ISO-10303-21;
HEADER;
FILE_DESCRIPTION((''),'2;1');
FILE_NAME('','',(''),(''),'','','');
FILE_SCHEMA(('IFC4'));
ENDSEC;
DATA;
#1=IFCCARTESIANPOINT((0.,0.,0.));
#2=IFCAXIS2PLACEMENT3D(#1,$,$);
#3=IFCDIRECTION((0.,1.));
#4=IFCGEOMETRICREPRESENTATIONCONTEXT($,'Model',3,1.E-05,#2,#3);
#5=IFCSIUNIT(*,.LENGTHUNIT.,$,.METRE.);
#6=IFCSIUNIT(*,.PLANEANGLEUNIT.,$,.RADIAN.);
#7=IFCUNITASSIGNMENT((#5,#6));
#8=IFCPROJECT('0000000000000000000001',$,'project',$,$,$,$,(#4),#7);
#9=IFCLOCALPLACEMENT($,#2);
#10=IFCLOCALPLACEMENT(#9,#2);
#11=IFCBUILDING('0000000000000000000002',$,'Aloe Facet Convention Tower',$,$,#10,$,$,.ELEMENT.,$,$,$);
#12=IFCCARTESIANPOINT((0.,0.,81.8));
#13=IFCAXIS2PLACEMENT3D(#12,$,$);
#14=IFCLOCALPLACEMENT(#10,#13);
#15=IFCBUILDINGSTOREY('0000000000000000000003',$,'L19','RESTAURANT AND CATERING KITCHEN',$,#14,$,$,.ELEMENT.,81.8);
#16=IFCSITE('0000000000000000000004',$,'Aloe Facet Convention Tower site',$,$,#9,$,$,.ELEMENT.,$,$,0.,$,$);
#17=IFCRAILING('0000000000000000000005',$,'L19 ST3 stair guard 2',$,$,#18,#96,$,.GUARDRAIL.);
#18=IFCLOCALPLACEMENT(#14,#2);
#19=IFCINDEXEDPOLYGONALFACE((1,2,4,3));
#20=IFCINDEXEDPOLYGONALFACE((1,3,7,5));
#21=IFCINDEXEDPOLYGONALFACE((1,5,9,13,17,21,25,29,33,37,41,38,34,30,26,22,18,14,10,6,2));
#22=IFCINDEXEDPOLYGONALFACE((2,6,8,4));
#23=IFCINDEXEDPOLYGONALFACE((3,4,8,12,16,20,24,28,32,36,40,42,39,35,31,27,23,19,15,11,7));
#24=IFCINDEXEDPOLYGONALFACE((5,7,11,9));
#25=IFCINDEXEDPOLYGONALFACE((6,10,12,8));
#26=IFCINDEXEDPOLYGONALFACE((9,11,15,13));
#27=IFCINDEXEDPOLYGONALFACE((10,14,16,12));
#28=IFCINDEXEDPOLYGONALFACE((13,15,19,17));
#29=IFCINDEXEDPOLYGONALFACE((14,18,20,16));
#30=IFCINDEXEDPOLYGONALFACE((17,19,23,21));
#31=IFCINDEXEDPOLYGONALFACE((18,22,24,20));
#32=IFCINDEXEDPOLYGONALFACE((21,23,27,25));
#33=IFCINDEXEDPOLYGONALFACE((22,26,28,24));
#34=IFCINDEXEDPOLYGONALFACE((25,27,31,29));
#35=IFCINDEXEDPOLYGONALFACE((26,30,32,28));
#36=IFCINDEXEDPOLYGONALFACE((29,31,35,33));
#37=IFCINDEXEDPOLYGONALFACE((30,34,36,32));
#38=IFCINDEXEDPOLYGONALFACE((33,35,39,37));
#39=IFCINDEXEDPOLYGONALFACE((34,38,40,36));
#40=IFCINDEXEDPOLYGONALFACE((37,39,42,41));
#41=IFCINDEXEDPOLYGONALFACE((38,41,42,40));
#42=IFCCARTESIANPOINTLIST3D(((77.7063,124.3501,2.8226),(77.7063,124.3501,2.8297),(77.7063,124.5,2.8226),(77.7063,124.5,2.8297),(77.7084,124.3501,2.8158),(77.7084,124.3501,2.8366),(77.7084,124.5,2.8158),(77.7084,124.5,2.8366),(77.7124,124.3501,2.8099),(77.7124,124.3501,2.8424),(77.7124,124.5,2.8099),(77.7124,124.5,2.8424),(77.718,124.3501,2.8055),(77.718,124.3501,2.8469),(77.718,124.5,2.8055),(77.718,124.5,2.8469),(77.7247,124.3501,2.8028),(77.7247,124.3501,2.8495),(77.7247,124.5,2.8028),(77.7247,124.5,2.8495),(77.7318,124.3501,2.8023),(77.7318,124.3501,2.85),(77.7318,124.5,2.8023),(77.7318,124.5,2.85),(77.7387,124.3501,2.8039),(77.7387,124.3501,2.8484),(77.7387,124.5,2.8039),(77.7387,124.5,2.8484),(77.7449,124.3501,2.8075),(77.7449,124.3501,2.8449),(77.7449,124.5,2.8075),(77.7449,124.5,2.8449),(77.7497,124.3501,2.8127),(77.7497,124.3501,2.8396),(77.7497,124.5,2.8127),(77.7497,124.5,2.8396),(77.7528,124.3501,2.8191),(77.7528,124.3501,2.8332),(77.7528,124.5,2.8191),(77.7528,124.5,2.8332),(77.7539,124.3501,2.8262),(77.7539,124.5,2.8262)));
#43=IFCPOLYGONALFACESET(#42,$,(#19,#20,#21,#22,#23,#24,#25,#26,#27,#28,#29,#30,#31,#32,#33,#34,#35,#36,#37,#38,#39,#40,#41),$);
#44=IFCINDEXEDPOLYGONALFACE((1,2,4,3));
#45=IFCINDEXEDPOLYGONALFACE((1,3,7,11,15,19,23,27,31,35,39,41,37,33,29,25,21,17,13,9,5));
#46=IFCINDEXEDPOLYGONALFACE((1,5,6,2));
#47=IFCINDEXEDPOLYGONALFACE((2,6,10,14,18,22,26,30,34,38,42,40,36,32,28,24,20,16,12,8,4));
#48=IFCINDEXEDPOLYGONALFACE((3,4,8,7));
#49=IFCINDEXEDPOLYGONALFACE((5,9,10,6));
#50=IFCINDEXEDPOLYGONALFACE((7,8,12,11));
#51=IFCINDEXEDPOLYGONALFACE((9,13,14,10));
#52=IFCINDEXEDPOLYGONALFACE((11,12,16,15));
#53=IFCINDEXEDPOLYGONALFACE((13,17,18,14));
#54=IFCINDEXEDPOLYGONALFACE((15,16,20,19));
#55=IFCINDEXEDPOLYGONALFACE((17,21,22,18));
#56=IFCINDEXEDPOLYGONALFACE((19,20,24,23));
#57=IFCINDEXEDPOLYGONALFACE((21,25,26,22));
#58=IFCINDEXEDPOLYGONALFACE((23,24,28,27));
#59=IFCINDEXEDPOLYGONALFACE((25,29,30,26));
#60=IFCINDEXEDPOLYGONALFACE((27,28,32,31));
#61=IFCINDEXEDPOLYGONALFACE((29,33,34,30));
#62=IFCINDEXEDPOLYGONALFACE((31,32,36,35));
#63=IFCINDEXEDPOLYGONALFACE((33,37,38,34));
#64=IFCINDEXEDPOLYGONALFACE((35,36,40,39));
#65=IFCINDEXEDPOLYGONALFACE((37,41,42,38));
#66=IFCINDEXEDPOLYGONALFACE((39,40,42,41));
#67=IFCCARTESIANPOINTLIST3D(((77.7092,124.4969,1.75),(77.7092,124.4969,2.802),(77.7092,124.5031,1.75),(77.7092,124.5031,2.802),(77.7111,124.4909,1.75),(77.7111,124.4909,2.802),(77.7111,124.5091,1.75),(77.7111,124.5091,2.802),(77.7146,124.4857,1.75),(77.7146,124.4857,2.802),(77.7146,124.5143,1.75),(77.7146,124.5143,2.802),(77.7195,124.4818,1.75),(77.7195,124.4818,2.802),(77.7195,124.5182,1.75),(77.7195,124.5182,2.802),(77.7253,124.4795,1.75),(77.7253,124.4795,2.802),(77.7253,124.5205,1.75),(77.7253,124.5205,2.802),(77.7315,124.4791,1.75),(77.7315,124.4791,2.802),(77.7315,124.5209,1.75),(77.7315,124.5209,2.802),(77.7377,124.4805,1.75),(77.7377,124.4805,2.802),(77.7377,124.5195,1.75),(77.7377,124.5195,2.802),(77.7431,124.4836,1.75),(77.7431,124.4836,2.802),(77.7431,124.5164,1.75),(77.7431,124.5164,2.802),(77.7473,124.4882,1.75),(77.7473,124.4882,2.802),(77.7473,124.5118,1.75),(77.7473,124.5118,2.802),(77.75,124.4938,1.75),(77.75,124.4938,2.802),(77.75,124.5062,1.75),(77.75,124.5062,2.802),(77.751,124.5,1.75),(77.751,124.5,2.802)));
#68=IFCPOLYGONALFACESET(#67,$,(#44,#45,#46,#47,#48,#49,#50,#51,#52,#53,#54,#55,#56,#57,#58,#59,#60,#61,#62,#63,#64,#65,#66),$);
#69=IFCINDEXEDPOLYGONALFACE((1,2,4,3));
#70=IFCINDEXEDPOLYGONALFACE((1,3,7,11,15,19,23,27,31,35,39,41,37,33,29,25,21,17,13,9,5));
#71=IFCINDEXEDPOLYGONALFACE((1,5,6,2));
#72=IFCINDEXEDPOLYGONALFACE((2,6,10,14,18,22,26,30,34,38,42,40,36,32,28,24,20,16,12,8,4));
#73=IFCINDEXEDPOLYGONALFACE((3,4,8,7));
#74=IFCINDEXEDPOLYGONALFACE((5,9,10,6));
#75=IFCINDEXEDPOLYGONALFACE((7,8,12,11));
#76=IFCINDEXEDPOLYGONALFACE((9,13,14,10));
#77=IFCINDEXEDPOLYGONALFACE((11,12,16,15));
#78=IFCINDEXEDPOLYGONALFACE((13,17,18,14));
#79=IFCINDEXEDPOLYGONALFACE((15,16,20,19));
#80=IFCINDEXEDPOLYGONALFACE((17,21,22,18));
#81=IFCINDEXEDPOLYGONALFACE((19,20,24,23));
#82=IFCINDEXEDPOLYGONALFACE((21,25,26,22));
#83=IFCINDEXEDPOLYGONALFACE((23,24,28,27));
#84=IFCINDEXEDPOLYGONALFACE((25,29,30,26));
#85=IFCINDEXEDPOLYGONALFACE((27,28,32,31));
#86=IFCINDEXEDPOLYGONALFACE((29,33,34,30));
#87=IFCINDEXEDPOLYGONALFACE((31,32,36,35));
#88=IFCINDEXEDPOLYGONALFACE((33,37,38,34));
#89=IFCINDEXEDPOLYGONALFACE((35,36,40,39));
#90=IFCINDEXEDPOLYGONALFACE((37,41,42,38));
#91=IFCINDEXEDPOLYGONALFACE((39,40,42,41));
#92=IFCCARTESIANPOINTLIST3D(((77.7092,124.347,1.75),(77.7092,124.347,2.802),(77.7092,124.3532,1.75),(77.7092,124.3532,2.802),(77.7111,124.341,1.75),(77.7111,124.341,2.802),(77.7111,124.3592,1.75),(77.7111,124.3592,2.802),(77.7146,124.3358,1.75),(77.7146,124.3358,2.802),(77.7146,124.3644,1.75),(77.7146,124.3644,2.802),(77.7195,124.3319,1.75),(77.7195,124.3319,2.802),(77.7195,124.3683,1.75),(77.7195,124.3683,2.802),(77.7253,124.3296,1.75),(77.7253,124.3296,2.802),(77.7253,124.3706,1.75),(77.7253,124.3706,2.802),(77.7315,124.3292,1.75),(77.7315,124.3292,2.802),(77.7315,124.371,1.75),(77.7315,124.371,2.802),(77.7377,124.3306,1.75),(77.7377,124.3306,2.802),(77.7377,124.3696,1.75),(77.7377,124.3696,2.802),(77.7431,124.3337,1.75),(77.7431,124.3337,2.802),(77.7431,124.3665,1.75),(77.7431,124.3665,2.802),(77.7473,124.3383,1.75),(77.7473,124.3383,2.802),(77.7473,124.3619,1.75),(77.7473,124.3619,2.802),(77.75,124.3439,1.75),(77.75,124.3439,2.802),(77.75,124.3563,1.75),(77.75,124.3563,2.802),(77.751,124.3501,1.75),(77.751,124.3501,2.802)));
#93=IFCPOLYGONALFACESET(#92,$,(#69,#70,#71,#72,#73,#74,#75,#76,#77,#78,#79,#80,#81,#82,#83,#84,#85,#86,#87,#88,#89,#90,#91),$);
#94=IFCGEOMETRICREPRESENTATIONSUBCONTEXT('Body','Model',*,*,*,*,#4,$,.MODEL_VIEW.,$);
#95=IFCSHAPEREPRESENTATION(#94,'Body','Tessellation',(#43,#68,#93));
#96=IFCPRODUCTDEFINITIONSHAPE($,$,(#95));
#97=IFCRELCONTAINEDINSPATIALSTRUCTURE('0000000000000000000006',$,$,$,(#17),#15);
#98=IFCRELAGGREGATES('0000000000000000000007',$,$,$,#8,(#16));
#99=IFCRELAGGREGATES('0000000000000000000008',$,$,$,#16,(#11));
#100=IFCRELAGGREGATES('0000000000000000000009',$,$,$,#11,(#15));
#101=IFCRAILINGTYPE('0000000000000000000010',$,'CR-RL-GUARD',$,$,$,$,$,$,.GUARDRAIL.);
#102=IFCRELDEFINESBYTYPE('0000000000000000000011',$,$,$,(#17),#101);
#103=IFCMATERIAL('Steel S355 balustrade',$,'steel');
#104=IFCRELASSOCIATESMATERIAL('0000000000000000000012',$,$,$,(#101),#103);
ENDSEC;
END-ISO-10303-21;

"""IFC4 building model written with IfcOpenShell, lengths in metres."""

from ifc_helpers import new_model, si_unit, direction, frame, origin, origin_2d, place, context, subcontext, project, spatial, circle, extrude, material, type_object, element, save


model = new_model("IFC4")

# Units and contexts
model_context = context("Model", 3, precision=1e-05, world=origin(), true_north=direction((0.0, 1.0)))
body_context = subcontext(model_context, "Body", "Model", "MODEL_VIEW")
ifc_project = project(units=[si_unit("LENGTHUNIT", "METRE"), si_unit("PLANEANGLEUNIT", "RADIAN")], contexts=[model_context])

# Site, building, storey
site_placement = place(None, origin())
site = spatial("IfcSite", under=ifc_project, at=site_placement, Name="Aloe Facet Convention Tower site", CompositionType="ELEMENT", RefElevation=0.0)
building_placement = place(site_placement, origin())
building = spatial("IfcBuilding", under=site, at=building_placement, Name="Aloe Facet Convention Tower", CompositionType="ELEMENT")
storey_placement = place(building_placement, frame((0.0, 0.0, 81.8)))
storey = spatial("IfcBuildingStorey", under=building, at=storey_placement, Name="L19", Description="RESTAURANT AND CATERING KITCHEN", CompositionType="ELEMENT", Elevation=81.8)

# Railing
ifc_material_1 = material(Name="Steel S355 balustrade", Category="steel")
railing_type_1 = type_object("IfcRailingType", Name="CR-RL-GUARD", PredefinedType="GUARDRAIL", material=ifc_material_1)
railing_1_placement = place(storey_placement, frame((77.73, 124.5, 1.75)))
element("IfcRailing", 1, at=railing_1_placement, inside=storey, type_object=railing_type_1, Name="L19 ST3 stair guard 2", PredefinedType="GUARDRAIL", context=body_context, shape_type="SweptSolid", body=[
    extrude(circle(Radius=0.0239, at=origin_2d()), frame((0.0, 0.0, 1.0762), z_axis=(0.0, -1.0, 0.0), x_axis=(1.0, 0.0, 0.0)), (0.0, 0.0, 1.0), 0.1499),
    extrude(circle(Radius=0.021, at=origin_2d()), origin(), (0.0, 0.0, 1.0), 1.052),
    extrude(circle(Radius=0.021, at=origin_2d()), frame((0.0, -0.1499, 0.0)), (0.0, 0.0, 1.0), 1.052),
])

save(model, "model.ifc")
